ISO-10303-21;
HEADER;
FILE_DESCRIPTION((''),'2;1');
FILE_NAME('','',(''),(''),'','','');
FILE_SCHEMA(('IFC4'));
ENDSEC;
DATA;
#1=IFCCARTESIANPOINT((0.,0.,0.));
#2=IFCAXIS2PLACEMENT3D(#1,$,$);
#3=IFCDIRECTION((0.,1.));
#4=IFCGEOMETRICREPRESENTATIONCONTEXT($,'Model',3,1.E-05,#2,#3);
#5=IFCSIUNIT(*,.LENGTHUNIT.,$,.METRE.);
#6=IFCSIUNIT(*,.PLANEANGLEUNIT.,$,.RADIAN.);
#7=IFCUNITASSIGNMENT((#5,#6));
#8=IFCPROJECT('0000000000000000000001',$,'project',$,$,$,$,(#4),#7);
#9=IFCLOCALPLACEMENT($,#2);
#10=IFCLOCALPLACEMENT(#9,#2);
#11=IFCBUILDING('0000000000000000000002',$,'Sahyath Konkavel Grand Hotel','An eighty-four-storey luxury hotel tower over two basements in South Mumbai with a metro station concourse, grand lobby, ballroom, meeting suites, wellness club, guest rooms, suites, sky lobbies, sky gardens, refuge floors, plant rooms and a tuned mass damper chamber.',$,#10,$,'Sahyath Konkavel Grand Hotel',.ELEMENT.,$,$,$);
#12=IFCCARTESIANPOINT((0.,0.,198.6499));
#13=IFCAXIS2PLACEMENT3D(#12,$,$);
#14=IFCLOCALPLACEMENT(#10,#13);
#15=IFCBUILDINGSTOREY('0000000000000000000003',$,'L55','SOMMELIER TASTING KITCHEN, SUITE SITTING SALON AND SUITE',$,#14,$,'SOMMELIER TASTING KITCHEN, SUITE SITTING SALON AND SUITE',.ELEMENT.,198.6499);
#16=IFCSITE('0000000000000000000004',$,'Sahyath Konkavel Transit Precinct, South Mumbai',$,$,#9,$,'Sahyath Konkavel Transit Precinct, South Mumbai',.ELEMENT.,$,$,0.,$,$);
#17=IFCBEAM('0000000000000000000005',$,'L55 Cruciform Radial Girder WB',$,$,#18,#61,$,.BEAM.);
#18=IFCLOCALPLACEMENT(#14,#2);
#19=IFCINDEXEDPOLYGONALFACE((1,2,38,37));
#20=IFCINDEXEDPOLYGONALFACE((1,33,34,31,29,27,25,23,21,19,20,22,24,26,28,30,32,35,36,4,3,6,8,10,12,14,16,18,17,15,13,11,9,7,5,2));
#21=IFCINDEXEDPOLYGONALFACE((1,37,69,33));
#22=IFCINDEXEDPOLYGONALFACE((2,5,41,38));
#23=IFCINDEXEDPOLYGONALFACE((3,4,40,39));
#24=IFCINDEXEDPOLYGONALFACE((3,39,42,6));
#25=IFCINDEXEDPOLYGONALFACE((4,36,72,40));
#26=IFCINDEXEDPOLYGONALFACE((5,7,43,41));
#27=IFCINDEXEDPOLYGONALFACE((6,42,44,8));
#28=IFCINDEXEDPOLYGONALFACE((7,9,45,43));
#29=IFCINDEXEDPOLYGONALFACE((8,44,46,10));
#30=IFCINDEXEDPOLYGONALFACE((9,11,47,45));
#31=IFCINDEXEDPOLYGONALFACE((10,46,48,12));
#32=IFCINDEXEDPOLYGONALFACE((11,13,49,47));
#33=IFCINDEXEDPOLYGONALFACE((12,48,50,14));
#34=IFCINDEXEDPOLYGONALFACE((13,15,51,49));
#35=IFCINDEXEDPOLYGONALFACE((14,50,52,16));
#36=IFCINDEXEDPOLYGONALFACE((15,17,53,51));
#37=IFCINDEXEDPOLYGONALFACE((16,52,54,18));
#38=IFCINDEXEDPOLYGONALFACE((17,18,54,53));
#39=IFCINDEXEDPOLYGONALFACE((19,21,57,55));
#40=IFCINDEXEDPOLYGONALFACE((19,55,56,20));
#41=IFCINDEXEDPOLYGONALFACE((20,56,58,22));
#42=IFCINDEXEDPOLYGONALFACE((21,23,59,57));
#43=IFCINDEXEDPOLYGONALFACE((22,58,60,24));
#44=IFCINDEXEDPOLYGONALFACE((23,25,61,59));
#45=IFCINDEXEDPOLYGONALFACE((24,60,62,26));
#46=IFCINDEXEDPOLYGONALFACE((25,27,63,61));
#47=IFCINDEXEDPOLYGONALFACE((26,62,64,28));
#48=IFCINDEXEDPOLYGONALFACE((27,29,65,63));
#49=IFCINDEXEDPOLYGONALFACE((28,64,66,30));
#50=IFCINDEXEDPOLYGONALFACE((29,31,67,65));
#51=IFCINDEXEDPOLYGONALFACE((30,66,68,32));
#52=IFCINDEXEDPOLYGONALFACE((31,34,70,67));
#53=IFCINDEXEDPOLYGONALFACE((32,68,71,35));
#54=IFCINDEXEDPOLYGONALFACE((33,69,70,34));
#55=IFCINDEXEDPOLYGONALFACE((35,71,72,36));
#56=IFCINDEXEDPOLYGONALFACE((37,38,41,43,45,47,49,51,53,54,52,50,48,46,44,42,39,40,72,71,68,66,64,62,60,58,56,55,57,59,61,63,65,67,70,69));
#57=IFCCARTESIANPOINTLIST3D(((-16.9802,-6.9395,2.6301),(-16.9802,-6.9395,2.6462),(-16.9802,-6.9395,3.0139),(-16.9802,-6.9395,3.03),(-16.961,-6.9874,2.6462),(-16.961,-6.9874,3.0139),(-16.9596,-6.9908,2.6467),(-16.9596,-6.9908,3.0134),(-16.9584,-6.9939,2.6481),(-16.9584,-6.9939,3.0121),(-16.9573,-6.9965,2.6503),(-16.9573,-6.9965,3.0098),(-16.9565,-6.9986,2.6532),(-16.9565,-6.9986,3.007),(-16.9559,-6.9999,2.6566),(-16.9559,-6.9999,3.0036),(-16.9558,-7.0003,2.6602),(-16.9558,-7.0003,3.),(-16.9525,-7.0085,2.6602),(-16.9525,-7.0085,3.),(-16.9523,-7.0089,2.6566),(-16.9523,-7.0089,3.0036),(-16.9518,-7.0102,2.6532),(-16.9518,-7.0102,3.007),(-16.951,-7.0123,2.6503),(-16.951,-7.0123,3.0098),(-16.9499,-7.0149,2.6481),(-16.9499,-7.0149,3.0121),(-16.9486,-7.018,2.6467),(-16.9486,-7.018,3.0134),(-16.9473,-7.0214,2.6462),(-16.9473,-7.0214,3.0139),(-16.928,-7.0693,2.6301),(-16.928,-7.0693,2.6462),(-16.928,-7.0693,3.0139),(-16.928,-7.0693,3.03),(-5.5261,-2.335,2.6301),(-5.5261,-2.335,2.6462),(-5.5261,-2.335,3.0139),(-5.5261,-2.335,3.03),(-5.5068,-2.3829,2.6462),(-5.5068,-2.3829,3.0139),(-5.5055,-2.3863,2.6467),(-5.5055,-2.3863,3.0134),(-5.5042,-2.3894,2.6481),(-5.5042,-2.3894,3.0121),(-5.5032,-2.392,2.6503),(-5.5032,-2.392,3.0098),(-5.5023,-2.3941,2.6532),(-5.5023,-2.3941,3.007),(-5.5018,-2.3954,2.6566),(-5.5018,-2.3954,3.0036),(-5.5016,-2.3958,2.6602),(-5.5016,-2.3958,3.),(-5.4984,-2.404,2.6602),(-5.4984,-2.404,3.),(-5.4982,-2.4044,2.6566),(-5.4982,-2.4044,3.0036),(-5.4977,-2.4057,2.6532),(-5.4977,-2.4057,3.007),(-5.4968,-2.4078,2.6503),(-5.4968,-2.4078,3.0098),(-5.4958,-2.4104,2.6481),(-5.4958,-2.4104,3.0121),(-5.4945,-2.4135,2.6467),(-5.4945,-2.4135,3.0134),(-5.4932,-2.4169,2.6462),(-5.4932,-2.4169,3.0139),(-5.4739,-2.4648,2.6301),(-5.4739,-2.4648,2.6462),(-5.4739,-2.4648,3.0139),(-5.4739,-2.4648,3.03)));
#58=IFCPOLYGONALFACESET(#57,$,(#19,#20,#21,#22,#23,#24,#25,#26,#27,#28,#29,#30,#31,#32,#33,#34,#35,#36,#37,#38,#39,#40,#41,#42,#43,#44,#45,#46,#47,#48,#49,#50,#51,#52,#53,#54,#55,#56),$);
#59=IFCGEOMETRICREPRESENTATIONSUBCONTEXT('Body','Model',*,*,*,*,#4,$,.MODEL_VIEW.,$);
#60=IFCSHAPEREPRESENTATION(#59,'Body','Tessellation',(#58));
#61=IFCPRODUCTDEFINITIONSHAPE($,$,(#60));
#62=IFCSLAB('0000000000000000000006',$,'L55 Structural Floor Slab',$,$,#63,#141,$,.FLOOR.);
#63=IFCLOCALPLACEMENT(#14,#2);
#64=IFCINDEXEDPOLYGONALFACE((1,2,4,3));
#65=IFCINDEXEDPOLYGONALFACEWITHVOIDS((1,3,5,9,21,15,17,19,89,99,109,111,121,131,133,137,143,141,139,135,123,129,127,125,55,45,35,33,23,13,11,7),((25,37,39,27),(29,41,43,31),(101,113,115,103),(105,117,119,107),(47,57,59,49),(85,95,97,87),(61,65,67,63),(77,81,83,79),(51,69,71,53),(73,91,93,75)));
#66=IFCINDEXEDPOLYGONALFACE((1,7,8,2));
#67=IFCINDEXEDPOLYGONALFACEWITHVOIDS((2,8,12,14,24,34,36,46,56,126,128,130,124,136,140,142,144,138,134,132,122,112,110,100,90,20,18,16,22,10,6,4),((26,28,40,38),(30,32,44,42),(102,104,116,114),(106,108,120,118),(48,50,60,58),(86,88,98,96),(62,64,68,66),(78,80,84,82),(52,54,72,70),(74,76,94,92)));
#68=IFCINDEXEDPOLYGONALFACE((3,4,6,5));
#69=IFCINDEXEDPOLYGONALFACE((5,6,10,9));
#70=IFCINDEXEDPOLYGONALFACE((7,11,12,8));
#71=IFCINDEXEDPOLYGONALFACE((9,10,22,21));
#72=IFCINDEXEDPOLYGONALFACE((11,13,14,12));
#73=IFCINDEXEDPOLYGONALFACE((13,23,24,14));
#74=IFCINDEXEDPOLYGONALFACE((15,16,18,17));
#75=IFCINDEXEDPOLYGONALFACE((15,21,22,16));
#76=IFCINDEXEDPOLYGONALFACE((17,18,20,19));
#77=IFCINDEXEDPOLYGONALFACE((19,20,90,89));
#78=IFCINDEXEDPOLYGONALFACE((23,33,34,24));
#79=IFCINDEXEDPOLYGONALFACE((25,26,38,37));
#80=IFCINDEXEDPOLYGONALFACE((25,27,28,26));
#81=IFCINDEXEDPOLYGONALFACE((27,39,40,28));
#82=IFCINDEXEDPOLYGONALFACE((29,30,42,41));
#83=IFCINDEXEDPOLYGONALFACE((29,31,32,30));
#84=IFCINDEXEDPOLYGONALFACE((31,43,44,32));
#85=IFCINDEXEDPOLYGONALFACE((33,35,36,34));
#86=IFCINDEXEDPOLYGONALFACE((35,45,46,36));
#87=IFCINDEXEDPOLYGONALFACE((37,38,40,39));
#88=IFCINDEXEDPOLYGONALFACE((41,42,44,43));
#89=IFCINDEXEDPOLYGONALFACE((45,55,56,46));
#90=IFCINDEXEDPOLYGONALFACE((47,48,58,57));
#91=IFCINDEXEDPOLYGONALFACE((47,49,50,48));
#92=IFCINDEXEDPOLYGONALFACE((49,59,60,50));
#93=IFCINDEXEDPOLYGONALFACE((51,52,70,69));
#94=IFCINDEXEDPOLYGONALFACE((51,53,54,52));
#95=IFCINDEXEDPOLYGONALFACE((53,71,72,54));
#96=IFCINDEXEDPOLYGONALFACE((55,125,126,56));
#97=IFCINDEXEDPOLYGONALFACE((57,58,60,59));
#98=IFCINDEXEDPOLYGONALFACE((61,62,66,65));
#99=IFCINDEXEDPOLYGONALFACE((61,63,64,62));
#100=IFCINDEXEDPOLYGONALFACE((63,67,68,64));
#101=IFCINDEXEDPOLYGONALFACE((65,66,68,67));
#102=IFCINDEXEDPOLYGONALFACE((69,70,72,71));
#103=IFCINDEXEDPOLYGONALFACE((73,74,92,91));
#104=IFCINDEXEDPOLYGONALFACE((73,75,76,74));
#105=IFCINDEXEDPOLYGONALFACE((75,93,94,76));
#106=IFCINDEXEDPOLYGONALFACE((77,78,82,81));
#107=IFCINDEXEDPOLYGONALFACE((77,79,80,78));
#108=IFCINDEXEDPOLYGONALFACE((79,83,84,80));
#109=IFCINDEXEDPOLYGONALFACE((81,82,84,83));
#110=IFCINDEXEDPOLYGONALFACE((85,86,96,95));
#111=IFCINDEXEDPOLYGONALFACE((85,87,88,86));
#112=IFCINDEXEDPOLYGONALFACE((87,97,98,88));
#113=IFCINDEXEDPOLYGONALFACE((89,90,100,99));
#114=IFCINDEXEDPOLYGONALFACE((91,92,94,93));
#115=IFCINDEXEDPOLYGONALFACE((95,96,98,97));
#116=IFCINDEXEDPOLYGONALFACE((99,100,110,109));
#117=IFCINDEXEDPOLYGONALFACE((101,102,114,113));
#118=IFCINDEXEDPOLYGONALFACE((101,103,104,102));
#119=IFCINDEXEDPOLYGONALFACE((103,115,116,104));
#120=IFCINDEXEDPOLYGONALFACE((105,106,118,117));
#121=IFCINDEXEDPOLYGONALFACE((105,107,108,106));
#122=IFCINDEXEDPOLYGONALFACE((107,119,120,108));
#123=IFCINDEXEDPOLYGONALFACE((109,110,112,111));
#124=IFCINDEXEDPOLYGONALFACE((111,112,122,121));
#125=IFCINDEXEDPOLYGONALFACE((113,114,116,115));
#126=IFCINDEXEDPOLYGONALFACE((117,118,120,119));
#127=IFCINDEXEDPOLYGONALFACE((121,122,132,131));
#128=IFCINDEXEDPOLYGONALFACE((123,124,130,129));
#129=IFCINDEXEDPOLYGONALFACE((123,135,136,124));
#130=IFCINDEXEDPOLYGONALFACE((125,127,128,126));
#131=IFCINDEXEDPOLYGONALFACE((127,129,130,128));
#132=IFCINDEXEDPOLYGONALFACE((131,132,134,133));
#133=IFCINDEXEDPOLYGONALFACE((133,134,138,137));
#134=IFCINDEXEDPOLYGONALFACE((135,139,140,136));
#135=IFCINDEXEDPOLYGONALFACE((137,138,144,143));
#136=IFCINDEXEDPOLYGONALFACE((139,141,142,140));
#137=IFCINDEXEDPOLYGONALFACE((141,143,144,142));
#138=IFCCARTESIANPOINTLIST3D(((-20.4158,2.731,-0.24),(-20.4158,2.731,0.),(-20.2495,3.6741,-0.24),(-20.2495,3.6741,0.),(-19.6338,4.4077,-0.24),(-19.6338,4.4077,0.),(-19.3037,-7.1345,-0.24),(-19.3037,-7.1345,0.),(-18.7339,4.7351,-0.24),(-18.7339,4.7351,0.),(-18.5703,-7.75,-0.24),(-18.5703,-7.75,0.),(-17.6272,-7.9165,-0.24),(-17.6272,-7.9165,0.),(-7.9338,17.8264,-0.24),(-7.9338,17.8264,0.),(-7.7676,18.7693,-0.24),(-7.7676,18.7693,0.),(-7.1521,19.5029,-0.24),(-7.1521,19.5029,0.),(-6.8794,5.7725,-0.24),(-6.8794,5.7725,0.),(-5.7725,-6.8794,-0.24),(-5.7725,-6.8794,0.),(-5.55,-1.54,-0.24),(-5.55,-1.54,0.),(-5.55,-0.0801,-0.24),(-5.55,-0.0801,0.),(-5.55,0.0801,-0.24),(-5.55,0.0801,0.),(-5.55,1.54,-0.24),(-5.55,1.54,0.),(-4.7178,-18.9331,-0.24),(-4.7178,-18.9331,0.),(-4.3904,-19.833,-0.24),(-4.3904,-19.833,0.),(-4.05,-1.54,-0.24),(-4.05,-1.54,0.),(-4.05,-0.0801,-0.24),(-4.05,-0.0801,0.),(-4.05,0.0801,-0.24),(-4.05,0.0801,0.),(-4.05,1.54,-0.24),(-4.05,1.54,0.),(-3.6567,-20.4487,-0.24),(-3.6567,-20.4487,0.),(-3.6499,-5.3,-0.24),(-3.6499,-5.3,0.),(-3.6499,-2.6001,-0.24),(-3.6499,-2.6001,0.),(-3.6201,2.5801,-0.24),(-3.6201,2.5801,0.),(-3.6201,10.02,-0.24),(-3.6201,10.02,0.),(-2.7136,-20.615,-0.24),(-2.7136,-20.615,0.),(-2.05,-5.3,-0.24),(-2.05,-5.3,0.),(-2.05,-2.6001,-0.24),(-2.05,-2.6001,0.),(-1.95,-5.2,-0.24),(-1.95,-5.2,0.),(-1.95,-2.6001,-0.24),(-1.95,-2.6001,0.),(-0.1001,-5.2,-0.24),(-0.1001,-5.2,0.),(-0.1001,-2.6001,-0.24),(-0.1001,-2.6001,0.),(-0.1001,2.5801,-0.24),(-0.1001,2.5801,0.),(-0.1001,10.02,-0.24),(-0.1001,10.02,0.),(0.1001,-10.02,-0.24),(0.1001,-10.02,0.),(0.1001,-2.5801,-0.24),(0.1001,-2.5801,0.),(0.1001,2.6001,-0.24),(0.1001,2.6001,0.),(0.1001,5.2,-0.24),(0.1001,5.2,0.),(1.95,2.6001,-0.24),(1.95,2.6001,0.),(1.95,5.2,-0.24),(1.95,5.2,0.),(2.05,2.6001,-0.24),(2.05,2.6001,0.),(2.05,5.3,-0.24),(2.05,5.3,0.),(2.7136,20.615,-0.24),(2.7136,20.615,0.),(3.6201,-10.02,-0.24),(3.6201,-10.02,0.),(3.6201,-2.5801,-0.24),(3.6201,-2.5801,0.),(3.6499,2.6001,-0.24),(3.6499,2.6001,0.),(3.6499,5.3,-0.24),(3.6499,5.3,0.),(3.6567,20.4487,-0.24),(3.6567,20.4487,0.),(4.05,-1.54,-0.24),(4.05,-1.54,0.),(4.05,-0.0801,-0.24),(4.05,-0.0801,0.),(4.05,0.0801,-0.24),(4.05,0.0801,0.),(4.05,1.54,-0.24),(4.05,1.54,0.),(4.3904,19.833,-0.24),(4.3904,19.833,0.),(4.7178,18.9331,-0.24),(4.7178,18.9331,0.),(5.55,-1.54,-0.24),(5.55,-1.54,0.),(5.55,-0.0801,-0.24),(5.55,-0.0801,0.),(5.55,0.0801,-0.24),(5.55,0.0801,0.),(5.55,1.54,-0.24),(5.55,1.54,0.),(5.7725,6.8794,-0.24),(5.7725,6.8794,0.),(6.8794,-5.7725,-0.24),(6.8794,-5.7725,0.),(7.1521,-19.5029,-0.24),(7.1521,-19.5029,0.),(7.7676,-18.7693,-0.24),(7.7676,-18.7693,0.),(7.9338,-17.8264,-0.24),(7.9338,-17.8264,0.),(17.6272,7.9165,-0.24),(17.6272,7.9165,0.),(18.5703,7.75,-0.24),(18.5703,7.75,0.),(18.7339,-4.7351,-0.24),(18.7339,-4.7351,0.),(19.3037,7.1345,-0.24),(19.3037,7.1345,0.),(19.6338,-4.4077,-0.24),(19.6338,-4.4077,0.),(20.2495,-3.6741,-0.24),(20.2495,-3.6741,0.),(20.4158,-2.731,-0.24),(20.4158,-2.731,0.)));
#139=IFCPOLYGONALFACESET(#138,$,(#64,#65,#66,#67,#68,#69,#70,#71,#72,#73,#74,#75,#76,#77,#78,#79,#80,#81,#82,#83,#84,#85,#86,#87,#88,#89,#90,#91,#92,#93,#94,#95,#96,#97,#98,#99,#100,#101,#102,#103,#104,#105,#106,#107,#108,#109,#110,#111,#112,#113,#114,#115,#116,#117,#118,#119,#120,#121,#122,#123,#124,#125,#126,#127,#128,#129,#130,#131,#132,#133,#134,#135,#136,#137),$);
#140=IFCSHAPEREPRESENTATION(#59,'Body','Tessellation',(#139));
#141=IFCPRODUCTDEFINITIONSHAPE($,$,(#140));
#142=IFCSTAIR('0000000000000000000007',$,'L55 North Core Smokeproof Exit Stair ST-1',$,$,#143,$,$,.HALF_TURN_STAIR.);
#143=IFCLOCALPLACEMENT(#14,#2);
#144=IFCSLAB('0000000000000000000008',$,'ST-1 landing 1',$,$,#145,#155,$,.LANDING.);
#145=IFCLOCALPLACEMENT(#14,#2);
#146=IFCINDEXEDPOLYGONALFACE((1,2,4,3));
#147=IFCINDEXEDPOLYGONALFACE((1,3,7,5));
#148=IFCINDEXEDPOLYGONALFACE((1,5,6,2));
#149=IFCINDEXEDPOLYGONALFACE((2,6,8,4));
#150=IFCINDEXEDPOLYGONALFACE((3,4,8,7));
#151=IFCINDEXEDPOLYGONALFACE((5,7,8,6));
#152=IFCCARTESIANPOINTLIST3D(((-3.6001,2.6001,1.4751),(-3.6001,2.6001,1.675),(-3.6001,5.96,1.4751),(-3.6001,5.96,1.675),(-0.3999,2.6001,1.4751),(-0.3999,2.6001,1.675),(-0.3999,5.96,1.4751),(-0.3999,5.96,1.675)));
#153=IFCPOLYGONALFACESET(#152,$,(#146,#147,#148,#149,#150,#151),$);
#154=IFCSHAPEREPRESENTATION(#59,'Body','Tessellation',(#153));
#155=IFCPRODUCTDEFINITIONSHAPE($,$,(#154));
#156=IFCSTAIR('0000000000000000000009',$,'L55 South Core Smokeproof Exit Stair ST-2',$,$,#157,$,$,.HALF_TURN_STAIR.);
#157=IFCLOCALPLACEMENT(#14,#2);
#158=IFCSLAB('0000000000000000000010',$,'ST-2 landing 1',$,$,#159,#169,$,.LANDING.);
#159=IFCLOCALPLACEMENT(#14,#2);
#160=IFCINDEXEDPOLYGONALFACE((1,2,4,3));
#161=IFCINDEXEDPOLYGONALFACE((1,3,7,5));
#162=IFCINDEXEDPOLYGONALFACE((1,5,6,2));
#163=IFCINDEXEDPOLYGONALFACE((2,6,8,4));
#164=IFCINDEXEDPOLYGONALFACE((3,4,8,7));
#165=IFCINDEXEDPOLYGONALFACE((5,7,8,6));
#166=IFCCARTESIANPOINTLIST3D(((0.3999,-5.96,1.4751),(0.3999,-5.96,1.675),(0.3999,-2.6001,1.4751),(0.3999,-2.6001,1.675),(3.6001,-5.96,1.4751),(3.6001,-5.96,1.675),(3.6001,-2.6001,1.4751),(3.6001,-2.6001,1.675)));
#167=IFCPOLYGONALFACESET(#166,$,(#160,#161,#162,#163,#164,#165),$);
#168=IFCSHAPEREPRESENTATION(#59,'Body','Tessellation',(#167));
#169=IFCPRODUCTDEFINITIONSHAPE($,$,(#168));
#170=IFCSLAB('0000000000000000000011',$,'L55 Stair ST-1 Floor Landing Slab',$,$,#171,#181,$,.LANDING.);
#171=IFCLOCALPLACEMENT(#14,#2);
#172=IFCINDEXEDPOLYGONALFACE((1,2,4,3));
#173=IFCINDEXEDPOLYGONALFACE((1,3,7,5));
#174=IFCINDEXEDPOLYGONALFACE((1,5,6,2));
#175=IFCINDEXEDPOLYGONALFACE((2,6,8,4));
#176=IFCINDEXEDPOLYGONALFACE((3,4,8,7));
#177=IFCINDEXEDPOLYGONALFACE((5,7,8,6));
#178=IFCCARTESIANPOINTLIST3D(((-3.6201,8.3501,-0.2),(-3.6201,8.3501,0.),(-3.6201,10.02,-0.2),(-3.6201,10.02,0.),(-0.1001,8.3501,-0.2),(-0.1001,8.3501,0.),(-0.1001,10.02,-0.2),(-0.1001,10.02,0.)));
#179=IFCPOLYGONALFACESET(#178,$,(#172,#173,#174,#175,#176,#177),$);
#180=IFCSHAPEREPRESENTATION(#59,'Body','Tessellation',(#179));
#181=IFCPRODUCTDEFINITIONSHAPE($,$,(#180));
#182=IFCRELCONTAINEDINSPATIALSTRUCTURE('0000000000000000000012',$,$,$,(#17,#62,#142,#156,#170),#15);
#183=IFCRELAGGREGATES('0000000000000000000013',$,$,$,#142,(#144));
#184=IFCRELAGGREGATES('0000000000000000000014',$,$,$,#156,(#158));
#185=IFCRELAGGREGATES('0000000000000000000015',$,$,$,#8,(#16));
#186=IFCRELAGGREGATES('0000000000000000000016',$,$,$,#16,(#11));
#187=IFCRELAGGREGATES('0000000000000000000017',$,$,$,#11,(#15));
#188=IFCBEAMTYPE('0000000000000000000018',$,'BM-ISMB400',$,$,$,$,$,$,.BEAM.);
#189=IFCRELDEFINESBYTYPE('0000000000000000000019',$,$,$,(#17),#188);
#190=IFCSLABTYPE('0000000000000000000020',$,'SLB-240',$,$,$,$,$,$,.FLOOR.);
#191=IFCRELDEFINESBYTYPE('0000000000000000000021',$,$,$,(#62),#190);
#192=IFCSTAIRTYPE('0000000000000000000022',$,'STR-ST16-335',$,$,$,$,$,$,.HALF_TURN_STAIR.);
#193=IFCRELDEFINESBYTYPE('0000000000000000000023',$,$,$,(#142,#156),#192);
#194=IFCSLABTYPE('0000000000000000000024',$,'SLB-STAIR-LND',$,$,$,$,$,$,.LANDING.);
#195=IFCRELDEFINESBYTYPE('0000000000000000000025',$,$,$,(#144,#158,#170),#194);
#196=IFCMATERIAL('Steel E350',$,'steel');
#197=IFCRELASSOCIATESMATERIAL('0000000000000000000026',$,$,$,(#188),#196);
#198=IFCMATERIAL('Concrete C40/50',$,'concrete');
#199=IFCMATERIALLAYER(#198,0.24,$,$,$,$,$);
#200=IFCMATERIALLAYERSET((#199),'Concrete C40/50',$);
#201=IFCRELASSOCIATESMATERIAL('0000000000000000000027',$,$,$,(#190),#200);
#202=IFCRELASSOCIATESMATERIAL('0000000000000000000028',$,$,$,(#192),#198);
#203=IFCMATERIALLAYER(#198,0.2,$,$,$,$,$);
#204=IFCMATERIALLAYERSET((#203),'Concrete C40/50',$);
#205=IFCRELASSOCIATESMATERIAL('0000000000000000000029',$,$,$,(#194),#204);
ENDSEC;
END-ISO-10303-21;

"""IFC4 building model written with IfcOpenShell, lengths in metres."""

from ifc_helpers import new_model, si_unit, direction, frame, origin, origin_2d, place, context, subcontext, project, spatial, polyline, i_section, outline, extrude, source, transform, mapped, material, layer, layer_set, material_profile, profile_set, type_object, element, aggregate, save


model = new_model("IFC4")

# Units and contexts
model_context = context("Model", 3, precision=1e-05, world=origin(), true_north=direction((0.0, 1.0)))
body_context = subcontext(model_context, "Body", "Model", "MODEL_VIEW")
ifc_project = project(units=[si_unit("LENGTHUNIT", "METRE"), si_unit("PLANEANGLEUNIT", "RADIAN")], contexts=[model_context])

# Site, building, storey
site_placement = place(None, origin())
site = spatial("IfcSite", under=ifc_project, at=site_placement, Name="Sahyath Konkavel Transit Precinct, South Mumbai", LongName="Sahyath Konkavel Transit Precinct, South Mumbai", CompositionType="ELEMENT", RefElevation=0.0)
building_placement = place(site_placement, origin())
building = spatial("IfcBuilding", under=site, at=building_placement, Name="Sahyath Konkavel Grand Hotel", Description="An eighty-four-storey luxury hotel tower over two basements in South Mumbai with a metro station concourse, grand lobby, ballroom, meeting suites, wellness club, guest rooms, suites, sky lobbies, sky gardens, refuge floors, plant rooms and a tuned mass damper chamber.", LongName="Sahyath Konkavel Grand Hotel", CompositionType="ELEMENT")
storey_placement = place(building_placement, frame((0.0, 0.0, 198.6499)))
storey = spatial("IfcBuildingStorey", under=building, at=storey_placement, Name="L55", Description="SOMMELIER TASTING KITCHEN, SUITE SITTING SALON AND SUITE", LongName="SOMMELIER TASTING KITCHEN, SUITE SITTING SALON AND SUITE", CompositionType="ELEMENT", Elevation=198.6499)

# Beam
ifc_material_1 = material(Name="Steel E350", Category="steel")
ifc_material_profile_1 = material_profile(ifc_material_1, i_section(OverallWidth=0.1399, OverallDepth=0.3999, WebThickness=0.0088, FlangeThickness=0.0161, FilletRadius=0.0139, at=origin_2d()), Name="ISMB 400")
ifc_profile_set_1 = profile_set([ifc_material_profile_1], Name="Steel E350")
beam_type_1 = type_object("IfcBeamType", Name="BM-ISMB400", PredefinedType="BEAM", material=ifc_profile_set_1)
shared_shape_1 = source(origin(), body_context, "Body", "SweptSolid", [
    extrude(i_section(OverallWidth=0.1399, OverallDepth=0.3999, WebThickness=0.0088, FlangeThickness=0.0161, FilletRadius=0.0139, at=origin_2d()), origin(), (0.0, 0.0, 1.0), 12.345),
])
beam_1_placement = place(storey_placement, frame((-5.5, -2.3999, 2.8301), z_axis=(-0.927837, -0.372986, 0.0), x_axis=(0.372986, -0.927837, 0.0)))
element("IfcBeam", 1, at=beam_1_placement, inside=storey, type_object=beam_type_1, Name="L55 Cruciform Radial Girder WB", PredefinedType="BEAM", context=body_context, shape_type="MappedRepresentation", body=[
    mapped(shared_shape_1, transform((0.0, 0.0, 0.0), scale=1.0)),
])

# Slab
ifc_material_2 = material(Name="Concrete C40/50", Category="concrete")
ifc_layer_1 = layer(ifc_material_2, 0.24)
ifc_layer_set_1 = layer_set([ifc_layer_1], Name="Concrete C40/50")
slab_type_1 = type_object("IfcSlabType", Name="SLB-240", PredefinedType="FLOOR", material=ifc_layer_set_1)
slab_1_placement = place(storey_placement, frame((0.0, 0.0, -0.24)))
element("IfcSlab", 2, at=slab_1_placement, inside=storey, type_object=slab_type_1, Name="L55 Structural Floor Slab", PredefinedType="FLOOR", context=body_context, shape_type="SweptSolid", body=[
    extrude(outline(polyline([(6.8794, -5.7725), (18.7339, -4.7351), (19.6338, -4.4077), (20.2495, -3.6741), (20.4158, -2.731), (19.3037, 7.1345), (18.5703, 7.75), (17.6272, 7.9165), (5.7725, 6.8794), (4.7178, 18.9331), (4.3904, 19.833), (3.6567, 20.4487), (2.7136, 20.615), (-7.1521, 19.5029), (-7.7676, 18.7693), (-7.9338, 17.8264), (-6.8794, 5.7725), (-18.7339, 4.7351), (-19.6338, 4.4077), (-20.2495, 3.6741), (-20.4158, 2.731), (-19.3037, -7.1345), (-18.5703, -7.75), (-17.6272, -7.9165), (-5.7725, -6.8794), (-4.7178, -18.9331), (-4.3904, -19.833), (-3.6567, -20.4487), (-2.7136, -20.615), (7.1521, -19.5029), (7.7676, -18.7693), (7.9338, -17.8264), (6.8794, -5.7725)]), holes=[polyline([(-3.6201, 2.5801), (-0.1001, 2.5801), (-0.1001, 10.02), (-3.6201, 10.02), (-3.6201, 2.5801)]), polyline([(0.1001, -10.02), (3.6201, -10.02), (3.6201, -2.5801), (0.1001, -2.5801), (0.1001, -10.02)]), polyline([(0.1001, 2.6001), (1.95, 2.6001), (1.95, 5.2), (0.1001, 5.2), (0.1001, 2.6001)]), polyline([(-1.95, -5.2), (-0.1001, -5.2), (-0.1001, -2.6001), (-1.95, -2.6001), (-1.95, -5.2)]), polyline([(2.05, 2.6001), (3.6499, 2.6001), (3.6499, 5.3), (2.05, 5.3), (2.05, 2.6001)]), polyline([(-3.6499, -5.3), (-2.05, -5.3), (-2.05, -2.6001), (-3.6499, -2.6001), (-3.6499, -5.3)]), polyline([(4.05, 0.0801), (5.55, 0.0801), (5.55, 1.54), (4.05, 1.54), (4.05, 0.0801)]), polyline([(4.05, -1.54), (5.55, -1.54), (5.55, -0.0801), (4.05, -0.0801), (4.05, -1.54)]), polyline([(-5.55, 0.0801), (-4.05, 0.0801), (-4.05, 1.54), (-5.55, 1.54), (-5.55, 0.0801)]), polyline([(-5.55, -1.54), (-4.05, -1.54), (-4.05, -0.0801), (-5.55, -0.0801), (-5.55, -1.54)])]), origin(), (0.0, 0.0, 1.0), 0.24),
])

# Stairs, slabs
stair_type = type_object("IfcStairType", Name="STR-ST16-335", PredefinedType="HALF_TURN_STAIR", material=ifc_material_2)
stair_1_placement = place(storey_placement, origin())
stair_1 = element("IfcStair", 3, at=stair_1_placement, inside=storey, type_object=stair_type, Name="L55 North Core Smokeproof Exit Stair ST-1", PredefinedType="HALF_TURN_STAIR")
ifc_layer_2 = layer(ifc_material_2, 0.2)
ifc_layer_set_2 = layer_set([ifc_layer_2], Name="Concrete C40/50")
slab_type_2 = type_object("IfcSlabType", Name="SLB-STAIR-LND", PredefinedType="LANDING", material=ifc_layer_set_2)
slab_2_placement = place(storey_placement, frame((0.0, 0.0, 1.4751)))
slab_2 = element("IfcSlab", 4, at=slab_2_placement, type_object=slab_type_2, Name="ST-1 landing 1", PredefinedType="LANDING", context=body_context, shape_type="SweptSolid", body=[
    extrude(outline(polyline([(-3.6001, 5.96), (-3.6001, 2.6001), (-0.3999, 2.6001), (-0.3999, 5.96), (-3.6001, 5.96)])), origin(), (0.0, 0.0, 1.0), 0.2),
])
aggregate(stair_1, [slab_2])
stair_2_placement = place(storey_placement, origin())
stair_2 = element("IfcStair", 5, at=stair_2_placement, inside=storey, type_object=stair_type, Name="L55 South Core Smokeproof Exit Stair ST-2", PredefinedType="HALF_TURN_STAIR")
slab_3_placement = place(storey_placement, frame((0.0, 0.0, 1.4751)))
slab_3 = element("IfcSlab", 6, at=slab_3_placement, type_object=slab_type_2, Name="ST-2 landing 1", PredefinedType="LANDING", context=body_context, shape_type="SweptSolid", body=[
    extrude(outline(polyline([(3.6001, -5.96), (3.6001, -2.6001), (0.3999, -2.6001), (0.3999, -5.96), (3.6001, -5.96)])), origin(), (0.0, 0.0, 1.0), 0.2),
])
aggregate(stair_2, [slab_3])

# Slab
slab_4_placement = place(storey_placement, frame((0.0, 0.0, -0.2)))
element("IfcSlab", 7, at=slab_4_placement, inside=storey, type_object=slab_type_2, Name="L55 Stair ST-1 Floor Landing Slab", PredefinedType="LANDING", context=body_context, shape_type="SweptSolid", body=[
    extrude(outline(polyline([(-3.6201, 8.3501), (-0.1001, 8.3501), (-0.1001, 10.02), (-3.6201, 10.02), (-3.6201, 8.3501)])), origin(), (0.0, 0.0, 1.0), 0.2),
])

save(model, "model.ifc")
